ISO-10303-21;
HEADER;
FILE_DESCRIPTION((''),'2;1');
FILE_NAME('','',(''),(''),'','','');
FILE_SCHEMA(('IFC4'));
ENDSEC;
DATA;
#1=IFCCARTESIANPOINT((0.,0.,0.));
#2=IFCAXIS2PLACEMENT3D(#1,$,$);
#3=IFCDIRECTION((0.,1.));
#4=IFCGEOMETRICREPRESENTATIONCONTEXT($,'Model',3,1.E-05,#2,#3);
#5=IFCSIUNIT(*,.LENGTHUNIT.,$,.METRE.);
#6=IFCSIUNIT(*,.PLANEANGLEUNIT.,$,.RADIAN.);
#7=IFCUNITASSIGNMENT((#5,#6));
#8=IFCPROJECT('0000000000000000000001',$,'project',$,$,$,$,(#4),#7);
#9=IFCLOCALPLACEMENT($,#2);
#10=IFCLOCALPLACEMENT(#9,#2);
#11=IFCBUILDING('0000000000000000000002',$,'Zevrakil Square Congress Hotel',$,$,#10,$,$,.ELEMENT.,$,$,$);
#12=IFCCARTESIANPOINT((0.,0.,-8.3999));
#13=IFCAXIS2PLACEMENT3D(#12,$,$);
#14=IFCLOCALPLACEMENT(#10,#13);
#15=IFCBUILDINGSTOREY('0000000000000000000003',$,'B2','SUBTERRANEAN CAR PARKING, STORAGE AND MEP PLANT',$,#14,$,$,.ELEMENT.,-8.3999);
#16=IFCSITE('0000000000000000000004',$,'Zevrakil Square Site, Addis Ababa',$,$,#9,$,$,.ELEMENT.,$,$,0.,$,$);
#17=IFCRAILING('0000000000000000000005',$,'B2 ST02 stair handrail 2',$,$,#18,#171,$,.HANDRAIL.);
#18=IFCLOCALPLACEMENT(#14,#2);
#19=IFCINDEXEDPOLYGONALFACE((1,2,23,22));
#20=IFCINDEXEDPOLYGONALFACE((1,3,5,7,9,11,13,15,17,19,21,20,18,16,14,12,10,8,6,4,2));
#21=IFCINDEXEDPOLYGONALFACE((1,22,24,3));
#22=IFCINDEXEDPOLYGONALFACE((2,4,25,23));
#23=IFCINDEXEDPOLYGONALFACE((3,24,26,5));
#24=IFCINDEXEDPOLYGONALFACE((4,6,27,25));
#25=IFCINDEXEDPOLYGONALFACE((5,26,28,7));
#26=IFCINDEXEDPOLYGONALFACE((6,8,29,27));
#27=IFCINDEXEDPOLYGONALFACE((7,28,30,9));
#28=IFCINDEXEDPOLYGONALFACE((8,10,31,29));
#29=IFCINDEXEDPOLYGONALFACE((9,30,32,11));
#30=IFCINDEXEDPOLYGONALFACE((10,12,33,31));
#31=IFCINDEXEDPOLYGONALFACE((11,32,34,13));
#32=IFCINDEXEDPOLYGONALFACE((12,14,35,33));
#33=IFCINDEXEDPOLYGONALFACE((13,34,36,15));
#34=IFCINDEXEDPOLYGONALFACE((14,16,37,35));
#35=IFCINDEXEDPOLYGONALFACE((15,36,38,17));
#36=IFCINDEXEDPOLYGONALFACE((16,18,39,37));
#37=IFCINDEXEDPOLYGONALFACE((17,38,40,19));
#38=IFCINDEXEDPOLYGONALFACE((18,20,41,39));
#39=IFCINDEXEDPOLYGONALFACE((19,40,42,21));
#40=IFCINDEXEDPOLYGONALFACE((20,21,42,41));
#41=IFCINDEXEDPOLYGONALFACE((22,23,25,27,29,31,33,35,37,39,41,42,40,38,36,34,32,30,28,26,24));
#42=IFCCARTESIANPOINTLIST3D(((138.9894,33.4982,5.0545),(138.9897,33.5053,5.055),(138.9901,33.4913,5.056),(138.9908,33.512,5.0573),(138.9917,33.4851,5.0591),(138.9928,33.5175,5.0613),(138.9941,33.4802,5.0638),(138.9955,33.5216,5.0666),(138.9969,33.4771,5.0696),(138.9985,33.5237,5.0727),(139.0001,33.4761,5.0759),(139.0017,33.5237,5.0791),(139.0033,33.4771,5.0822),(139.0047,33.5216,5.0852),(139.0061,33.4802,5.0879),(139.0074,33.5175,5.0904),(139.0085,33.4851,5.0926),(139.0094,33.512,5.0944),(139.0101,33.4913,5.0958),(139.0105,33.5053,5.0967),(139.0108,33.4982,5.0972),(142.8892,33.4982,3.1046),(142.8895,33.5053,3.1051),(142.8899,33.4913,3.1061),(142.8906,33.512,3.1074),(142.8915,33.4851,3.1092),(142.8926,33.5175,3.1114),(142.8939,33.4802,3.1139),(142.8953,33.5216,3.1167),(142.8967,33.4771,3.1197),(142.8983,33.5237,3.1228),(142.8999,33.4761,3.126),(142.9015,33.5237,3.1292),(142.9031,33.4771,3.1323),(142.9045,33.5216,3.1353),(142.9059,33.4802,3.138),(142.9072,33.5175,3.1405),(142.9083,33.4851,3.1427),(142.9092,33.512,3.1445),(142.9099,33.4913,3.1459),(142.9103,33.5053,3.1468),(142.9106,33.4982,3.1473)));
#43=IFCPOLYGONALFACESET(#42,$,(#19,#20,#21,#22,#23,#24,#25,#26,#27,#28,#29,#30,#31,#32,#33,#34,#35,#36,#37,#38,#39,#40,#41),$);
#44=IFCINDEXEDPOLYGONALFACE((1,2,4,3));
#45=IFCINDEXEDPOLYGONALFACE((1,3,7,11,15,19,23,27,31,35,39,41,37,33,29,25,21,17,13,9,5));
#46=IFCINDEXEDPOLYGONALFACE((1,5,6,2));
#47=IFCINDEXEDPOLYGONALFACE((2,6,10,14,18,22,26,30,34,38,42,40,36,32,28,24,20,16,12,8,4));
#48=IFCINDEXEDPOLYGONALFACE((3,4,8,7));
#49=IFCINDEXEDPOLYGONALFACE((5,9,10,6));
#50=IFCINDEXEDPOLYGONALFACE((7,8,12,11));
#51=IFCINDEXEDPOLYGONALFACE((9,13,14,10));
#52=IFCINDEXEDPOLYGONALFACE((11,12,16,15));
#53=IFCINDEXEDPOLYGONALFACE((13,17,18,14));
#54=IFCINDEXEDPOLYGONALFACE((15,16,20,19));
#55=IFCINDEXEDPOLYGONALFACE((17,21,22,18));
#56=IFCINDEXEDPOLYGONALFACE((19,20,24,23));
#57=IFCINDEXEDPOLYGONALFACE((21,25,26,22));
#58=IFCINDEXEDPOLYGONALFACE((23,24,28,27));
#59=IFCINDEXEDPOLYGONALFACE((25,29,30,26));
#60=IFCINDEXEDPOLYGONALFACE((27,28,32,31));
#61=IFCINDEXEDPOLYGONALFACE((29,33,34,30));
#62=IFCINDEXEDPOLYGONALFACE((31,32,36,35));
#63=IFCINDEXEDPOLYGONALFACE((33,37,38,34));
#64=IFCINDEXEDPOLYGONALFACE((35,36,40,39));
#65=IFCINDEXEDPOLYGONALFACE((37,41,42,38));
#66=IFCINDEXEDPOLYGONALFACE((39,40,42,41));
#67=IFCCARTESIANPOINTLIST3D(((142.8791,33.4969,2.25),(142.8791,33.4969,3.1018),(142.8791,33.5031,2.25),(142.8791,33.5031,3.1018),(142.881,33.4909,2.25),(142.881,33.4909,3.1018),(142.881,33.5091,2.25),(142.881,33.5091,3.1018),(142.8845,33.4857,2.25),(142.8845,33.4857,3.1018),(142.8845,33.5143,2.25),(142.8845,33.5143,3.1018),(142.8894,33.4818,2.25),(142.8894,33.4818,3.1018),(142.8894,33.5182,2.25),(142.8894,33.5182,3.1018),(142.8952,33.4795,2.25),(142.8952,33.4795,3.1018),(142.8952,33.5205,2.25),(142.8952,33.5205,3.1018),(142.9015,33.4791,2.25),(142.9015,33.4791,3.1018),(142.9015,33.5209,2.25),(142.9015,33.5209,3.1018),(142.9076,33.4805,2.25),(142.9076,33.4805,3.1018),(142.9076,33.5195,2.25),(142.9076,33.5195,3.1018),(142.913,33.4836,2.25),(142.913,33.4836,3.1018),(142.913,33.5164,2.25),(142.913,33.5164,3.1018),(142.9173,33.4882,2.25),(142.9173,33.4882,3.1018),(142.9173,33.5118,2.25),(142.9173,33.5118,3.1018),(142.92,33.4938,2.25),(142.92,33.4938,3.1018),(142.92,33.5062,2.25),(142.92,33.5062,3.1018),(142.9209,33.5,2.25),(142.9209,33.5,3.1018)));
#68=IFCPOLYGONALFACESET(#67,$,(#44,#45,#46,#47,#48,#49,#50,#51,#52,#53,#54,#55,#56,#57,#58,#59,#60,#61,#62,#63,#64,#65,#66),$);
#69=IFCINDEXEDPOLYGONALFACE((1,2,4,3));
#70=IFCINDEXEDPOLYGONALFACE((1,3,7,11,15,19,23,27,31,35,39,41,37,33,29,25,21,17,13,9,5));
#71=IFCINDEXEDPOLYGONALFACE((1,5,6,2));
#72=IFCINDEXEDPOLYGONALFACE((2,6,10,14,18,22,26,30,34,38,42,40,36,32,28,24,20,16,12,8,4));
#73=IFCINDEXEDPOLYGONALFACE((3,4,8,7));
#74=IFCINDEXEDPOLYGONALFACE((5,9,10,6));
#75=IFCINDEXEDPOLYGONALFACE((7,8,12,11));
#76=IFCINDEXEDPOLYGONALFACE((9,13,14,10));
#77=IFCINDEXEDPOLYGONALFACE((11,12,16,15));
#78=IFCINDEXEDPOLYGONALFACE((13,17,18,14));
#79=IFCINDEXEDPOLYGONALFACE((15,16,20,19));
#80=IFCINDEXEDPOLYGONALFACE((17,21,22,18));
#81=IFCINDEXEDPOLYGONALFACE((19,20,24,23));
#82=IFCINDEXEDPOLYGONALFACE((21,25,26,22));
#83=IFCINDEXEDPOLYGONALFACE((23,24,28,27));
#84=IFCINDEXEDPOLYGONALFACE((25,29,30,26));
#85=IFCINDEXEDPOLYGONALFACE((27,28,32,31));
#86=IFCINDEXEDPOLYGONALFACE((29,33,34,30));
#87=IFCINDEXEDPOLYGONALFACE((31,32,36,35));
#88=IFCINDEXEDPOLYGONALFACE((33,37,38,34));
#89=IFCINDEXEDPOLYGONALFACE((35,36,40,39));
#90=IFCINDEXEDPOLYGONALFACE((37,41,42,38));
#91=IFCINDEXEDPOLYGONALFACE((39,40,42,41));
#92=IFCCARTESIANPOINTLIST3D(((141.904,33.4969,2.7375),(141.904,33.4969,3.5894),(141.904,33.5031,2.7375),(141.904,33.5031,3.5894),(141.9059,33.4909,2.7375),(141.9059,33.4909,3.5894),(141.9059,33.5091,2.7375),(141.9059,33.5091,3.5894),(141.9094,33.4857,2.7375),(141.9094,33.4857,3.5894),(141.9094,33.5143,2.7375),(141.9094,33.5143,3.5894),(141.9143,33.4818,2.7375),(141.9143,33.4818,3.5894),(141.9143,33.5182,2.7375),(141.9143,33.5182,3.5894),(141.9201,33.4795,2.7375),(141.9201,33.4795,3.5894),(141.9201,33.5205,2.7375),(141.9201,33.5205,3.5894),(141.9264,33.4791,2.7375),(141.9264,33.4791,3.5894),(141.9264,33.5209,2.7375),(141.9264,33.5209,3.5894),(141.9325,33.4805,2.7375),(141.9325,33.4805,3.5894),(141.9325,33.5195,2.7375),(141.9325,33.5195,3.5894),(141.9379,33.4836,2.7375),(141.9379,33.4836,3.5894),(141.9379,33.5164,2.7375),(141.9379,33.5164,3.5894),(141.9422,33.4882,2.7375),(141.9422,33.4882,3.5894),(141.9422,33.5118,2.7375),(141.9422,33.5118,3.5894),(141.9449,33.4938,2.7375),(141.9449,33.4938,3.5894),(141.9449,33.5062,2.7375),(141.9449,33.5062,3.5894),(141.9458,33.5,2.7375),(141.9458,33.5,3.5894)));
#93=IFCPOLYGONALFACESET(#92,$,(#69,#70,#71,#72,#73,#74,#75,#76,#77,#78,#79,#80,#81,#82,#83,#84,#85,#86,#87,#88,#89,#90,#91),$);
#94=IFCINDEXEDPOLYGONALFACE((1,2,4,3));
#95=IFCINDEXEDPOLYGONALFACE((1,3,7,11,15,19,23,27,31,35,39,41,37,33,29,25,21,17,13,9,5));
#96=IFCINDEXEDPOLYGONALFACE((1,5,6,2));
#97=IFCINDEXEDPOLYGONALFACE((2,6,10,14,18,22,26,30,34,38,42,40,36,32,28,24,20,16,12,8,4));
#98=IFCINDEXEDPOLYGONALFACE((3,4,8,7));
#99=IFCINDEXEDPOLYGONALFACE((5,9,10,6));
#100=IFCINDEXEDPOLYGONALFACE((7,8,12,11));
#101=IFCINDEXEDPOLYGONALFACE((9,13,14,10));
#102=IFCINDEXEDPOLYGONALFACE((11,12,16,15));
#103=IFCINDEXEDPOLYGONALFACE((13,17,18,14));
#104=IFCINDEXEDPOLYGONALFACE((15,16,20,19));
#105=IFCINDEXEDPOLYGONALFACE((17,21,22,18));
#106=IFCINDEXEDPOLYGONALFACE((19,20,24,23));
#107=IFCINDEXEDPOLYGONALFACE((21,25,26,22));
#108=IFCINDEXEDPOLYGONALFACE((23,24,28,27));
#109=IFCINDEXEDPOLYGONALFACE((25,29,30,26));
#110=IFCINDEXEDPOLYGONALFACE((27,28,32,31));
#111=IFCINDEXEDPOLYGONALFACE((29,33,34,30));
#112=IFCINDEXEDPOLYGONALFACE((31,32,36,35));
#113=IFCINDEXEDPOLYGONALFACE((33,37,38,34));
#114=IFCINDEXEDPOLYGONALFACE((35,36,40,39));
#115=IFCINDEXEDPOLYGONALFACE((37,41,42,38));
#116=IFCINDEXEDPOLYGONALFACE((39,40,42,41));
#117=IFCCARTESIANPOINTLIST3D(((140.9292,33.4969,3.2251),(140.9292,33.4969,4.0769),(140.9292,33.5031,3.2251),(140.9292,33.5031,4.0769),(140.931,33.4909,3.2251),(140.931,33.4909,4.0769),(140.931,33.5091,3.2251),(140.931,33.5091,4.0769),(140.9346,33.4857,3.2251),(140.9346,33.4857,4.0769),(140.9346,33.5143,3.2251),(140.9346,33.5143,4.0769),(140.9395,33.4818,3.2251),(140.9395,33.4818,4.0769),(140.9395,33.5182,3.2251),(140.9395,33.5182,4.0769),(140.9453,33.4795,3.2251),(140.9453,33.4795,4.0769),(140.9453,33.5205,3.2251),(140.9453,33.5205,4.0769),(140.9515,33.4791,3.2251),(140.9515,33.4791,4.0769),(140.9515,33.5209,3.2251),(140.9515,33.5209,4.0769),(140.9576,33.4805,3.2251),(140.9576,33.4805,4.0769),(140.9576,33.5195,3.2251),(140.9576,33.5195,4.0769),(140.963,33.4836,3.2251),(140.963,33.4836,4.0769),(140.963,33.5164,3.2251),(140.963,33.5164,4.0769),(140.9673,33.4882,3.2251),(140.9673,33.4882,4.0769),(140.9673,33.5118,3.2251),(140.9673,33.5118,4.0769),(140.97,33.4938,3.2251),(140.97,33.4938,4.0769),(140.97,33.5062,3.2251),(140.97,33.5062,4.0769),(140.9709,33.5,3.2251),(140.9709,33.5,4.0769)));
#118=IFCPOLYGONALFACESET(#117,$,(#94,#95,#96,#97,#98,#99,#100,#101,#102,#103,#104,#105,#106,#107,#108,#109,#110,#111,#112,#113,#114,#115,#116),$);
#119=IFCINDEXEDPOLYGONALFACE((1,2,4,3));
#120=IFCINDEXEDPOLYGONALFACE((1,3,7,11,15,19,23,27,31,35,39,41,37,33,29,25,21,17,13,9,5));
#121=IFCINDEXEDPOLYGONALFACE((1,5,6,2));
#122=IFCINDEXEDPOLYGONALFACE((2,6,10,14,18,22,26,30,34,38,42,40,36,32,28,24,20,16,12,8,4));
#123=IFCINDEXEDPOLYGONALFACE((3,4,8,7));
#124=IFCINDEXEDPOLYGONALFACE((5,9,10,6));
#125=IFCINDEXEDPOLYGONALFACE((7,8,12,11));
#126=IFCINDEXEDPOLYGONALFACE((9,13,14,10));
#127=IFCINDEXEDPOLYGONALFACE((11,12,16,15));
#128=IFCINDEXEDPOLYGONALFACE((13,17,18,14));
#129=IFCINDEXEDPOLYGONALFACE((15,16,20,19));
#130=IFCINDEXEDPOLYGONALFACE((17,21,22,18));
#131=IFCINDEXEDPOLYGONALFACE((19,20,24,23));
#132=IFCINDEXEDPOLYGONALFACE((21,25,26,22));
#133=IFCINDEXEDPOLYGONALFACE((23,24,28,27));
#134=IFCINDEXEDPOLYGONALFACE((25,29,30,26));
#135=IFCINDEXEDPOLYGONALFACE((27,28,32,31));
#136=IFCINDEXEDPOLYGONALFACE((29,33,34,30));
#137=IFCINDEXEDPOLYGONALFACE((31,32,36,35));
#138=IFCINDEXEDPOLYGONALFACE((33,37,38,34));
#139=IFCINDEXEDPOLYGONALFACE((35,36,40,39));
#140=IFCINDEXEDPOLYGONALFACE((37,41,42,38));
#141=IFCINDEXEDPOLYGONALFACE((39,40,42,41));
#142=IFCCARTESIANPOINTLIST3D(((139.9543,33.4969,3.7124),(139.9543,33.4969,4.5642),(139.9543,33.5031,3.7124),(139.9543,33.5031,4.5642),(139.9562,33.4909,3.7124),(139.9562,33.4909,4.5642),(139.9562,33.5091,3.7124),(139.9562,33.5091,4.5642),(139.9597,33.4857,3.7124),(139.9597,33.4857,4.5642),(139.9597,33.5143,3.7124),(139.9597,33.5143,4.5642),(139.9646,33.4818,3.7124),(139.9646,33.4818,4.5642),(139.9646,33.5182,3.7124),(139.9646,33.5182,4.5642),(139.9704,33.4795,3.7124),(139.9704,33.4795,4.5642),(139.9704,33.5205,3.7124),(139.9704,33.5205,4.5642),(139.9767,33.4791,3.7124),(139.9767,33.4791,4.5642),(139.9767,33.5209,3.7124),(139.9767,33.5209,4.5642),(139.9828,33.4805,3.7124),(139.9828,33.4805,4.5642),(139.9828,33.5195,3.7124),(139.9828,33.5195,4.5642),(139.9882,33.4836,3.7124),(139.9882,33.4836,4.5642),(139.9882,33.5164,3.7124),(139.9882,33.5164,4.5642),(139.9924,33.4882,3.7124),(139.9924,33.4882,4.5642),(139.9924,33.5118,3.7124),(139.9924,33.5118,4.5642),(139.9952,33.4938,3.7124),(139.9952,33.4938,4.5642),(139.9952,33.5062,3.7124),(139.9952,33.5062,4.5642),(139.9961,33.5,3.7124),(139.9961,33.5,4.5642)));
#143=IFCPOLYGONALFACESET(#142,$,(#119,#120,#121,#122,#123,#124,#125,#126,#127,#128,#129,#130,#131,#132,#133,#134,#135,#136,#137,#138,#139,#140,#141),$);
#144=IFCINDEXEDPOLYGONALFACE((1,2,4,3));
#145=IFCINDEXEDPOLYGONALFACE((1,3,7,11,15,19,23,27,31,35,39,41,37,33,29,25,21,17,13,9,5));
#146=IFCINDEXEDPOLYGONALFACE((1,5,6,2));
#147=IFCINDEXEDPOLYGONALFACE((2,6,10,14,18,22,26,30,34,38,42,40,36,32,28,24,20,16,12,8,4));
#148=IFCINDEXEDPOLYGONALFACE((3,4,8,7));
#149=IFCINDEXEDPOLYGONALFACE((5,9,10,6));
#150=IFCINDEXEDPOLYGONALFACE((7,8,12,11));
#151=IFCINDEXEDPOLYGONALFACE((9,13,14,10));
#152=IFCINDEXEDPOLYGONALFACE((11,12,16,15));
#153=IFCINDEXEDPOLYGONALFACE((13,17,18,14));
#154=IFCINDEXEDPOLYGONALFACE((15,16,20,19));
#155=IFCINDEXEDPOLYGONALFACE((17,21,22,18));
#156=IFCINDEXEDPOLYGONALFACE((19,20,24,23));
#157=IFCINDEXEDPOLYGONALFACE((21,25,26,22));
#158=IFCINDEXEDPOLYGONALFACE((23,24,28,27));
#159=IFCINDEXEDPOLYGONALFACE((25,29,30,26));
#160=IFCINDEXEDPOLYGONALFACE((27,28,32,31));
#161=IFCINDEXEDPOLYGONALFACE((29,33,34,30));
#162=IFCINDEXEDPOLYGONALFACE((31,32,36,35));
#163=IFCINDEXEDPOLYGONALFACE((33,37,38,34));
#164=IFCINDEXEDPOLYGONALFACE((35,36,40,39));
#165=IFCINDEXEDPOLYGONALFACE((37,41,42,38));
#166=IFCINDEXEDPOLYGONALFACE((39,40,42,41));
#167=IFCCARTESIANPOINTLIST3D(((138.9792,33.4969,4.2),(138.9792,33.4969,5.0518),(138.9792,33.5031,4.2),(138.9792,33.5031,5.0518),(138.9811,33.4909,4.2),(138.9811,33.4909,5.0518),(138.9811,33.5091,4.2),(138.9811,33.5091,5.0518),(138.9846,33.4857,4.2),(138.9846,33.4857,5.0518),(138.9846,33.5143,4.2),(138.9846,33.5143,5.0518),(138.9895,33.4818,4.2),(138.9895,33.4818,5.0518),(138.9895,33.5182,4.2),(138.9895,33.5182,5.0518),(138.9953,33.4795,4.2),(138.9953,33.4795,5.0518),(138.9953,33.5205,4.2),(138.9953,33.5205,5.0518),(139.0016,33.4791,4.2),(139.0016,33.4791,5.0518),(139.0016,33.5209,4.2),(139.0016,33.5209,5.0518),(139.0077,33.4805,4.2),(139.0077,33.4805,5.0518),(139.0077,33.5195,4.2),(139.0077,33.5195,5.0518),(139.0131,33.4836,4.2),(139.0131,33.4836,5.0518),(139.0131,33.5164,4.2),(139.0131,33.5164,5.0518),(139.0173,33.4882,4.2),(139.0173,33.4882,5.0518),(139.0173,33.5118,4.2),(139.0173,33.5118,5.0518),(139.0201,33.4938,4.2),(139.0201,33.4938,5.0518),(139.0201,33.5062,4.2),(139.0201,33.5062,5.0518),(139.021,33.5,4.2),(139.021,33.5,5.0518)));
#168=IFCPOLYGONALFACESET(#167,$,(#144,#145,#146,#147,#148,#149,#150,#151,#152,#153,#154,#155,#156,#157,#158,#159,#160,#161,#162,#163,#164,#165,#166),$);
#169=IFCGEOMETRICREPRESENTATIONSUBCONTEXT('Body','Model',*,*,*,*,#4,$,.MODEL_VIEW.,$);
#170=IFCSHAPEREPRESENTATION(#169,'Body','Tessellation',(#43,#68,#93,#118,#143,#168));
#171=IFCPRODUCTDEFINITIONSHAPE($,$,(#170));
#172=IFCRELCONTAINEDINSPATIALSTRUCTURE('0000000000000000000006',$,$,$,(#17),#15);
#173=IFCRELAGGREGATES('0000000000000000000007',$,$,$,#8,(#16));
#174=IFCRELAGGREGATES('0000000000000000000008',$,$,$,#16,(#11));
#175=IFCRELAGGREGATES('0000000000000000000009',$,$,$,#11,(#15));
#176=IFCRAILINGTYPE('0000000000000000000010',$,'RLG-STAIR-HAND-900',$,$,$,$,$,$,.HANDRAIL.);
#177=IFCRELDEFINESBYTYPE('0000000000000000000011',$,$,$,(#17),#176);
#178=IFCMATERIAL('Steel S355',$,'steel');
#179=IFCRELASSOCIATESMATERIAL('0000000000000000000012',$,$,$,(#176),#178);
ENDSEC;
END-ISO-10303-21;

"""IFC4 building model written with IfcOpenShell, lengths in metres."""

from ifc_helpers import new_model, si_unit, direction, frame, origin, origin_2d, place, context, subcontext, project, spatial, circle, extrude, material, type_object, element, save


model = new_model("IFC4")

# Units and contexts
model_context = context("Model", 3, precision=1e-05, world=origin(), true_north=direction((0.0, 1.0)))
body_context = subcontext(model_context, "Body", "Model", "MODEL_VIEW")
ifc_project = project(units=[si_unit("LENGTHUNIT", "METRE"), si_unit("PLANEANGLEUNIT", "RADIAN")], contexts=[model_context])

# Site, building, storey
site_placement = place(None, origin())
site = spatial("IfcSite", under=ifc_project, at=site_placement, Name="Zevrakil Square Site, Addis Ababa", CompositionType="ELEMENT", RefElevation=0.0)
building_placement = place(site_placement, origin())
building = spatial("IfcBuilding", under=site, at=building_placement, Name="Zevrakil Square Congress Hotel", CompositionType="ELEMENT")
storey_placement = place(building_placement, frame((0.0, 0.0, -8.3999)))
storey = spatial("IfcBuildingStorey", under=building, at=storey_placement, Name="B2", Description="SUBTERRANEAN CAR PARKING, STORAGE AND MEP PLANT", CompositionType="ELEMENT", Elevation=-8.3999)

# Railing
ifc_material_1 = material(Name="Steel S355", Category="steel")
railing_type_1 = type_object("IfcRailingType", Name="RLG-STAIR-HAND-900", PredefinedType="HANDRAIL", material=ifc_material_1)
railing_1_placement = place(storey_placement, frame((142.8999, 33.5, 2.25)))
element("IfcRailing", 1, at=railing_1_placement, inside=storey, type_object=railing_type_1, Name="B2 ST02 stair handrail 2", PredefinedType="HANDRAIL", context=body_context, shape_type="SweptSolid", body=[
    extrude(circle(Radius=0.0239, at=origin_2d()), frame((0.0, 0.0, 0.876), z_axis=(-0.894427, 0.0, 0.447214), x_axis=(0.0, -1.0, 0.0)), (0.0, 0.0, 1.0), 4.3601),
    extrude(circle(Radius=0.021, at=origin_2d()), origin(), (0.0, 0.0, 1.0), 0.8518),
    extrude(circle(Radius=0.021, at=origin_2d()), frame((-0.9751, 0.0, 0.4875)), (0.0, 0.0, 1.0), 0.8518),
    extrude(circle(Radius=0.021, at=origin_2d()), frame((-1.95, 0.0, 0.9751)), (0.0, 0.0, 1.0), 0.8518),
    extrude(circle(Radius=0.021, at=origin_2d()), frame((-2.9248, 0.0, 1.4624)), (0.0, 0.0, 1.0), 0.8518),
    extrude(circle(Radius=0.021, at=origin_2d()), frame((-3.8999, 0.0, 1.95)), (0.0, 0.0, 1.0), 0.8518),
])

save(model, "model.ifc")
